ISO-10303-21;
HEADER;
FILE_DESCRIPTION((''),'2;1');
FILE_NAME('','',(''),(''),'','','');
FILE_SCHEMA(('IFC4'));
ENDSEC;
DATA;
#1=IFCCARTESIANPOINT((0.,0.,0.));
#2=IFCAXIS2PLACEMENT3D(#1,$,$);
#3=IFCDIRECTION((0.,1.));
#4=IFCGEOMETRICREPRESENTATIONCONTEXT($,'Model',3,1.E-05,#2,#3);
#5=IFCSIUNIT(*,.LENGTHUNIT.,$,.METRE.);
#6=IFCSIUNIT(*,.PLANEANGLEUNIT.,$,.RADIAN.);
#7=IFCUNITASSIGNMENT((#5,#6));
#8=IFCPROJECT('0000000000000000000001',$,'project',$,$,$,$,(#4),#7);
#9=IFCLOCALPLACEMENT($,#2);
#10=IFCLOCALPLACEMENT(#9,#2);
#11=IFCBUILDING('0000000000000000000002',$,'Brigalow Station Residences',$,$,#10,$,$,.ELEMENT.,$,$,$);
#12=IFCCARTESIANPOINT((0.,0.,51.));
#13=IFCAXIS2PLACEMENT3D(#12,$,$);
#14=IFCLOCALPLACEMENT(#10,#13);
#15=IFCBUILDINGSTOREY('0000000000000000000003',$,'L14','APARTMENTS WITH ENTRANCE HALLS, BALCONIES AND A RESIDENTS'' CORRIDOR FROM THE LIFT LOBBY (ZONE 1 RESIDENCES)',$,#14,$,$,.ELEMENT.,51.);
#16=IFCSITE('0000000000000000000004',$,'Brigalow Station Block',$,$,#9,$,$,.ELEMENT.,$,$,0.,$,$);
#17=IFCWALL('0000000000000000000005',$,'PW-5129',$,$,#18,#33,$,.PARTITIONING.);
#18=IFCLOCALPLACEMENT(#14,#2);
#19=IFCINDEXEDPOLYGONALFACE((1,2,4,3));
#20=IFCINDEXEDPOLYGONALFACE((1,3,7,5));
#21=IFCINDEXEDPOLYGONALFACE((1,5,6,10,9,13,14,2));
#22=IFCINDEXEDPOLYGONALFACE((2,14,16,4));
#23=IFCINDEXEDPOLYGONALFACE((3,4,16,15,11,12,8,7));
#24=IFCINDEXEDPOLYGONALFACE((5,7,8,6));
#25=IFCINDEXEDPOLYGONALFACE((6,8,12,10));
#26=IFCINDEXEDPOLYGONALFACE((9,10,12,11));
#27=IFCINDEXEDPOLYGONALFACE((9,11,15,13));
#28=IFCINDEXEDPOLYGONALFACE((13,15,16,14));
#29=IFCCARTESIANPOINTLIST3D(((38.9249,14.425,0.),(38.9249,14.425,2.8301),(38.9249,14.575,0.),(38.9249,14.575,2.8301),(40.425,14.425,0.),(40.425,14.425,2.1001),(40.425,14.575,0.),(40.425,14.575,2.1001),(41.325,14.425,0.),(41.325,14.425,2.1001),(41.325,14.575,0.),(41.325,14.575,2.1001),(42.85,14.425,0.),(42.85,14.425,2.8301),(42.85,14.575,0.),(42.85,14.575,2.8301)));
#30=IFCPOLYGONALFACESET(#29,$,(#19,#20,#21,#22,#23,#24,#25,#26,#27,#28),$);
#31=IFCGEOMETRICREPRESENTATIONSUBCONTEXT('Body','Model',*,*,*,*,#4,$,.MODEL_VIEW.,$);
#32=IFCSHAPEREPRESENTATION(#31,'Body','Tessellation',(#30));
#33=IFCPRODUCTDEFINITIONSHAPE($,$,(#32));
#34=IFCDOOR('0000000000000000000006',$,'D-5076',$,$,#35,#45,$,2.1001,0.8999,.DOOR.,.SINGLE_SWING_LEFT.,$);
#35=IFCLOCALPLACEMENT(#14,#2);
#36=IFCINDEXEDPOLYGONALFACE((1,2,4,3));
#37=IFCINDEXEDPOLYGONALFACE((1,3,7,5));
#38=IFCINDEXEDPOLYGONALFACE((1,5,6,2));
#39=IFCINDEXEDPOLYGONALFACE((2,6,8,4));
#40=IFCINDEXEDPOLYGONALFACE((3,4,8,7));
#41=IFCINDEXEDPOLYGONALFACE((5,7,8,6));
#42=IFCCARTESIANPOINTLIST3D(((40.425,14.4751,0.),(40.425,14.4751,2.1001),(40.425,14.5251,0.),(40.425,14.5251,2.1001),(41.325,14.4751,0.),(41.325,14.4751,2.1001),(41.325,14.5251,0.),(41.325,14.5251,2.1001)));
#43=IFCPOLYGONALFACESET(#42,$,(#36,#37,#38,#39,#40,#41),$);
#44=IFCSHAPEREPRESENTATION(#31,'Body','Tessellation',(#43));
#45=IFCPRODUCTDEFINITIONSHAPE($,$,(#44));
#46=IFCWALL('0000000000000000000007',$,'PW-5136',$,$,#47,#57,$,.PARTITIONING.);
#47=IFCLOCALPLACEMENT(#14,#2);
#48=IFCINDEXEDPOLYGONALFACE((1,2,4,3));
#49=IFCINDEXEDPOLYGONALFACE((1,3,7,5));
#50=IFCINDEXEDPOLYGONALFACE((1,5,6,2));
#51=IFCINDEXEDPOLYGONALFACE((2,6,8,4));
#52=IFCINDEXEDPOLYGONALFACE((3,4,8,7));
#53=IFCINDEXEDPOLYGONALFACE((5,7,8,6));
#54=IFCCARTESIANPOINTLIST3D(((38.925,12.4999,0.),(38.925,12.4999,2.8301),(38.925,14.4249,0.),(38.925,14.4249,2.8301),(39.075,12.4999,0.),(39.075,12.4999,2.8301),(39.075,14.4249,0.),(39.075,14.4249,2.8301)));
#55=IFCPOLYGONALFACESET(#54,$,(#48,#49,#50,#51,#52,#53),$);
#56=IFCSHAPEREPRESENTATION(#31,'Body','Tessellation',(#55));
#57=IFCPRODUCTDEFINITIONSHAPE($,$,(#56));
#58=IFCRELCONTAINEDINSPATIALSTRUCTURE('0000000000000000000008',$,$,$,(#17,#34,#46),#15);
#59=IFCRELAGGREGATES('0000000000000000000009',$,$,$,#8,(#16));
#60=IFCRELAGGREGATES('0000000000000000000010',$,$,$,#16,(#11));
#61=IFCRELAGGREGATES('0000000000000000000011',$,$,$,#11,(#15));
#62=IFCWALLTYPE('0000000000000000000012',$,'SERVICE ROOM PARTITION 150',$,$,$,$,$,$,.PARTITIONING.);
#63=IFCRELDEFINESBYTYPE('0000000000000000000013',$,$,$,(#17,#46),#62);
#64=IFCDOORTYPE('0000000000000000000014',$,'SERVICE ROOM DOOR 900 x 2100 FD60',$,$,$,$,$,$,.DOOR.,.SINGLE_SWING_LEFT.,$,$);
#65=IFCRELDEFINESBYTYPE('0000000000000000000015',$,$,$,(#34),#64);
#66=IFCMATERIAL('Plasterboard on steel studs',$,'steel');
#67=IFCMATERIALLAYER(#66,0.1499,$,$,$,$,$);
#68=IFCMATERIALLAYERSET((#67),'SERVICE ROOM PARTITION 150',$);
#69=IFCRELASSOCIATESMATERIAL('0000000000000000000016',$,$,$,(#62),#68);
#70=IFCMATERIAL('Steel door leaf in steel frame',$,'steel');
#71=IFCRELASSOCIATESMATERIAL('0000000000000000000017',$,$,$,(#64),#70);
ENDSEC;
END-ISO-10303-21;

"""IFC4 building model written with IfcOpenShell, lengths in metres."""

from ifc_helpers import new_model, si_unit, direction, frame, frame_2d, origin, place, context, subcontext, project, spatial, rectangle, extrude, material, layer, layer_set, type_object, element, fill, save


model = new_model("IFC4")

# Units and contexts
model_context = context("Model", 3, precision=1e-05, world=origin(), true_north=direction((0.0, 1.0)))
body_context = subcontext(model_context, "Body", "Model", "MODEL_VIEW")
ifc_project = project(units=[si_unit("LENGTHUNIT", "METRE"), si_unit("PLANEANGLEUNIT", "RADIAN")], contexts=[model_context])

# Site, building, storey
site_placement = place(None, origin())
site = spatial("IfcSite", under=ifc_project, at=site_placement, Name="Brigalow Station Block", CompositionType="ELEMENT", RefElevation=0.0)
building_placement = place(site_placement, origin())
building = spatial("IfcBuilding", under=site, at=building_placement, Name="Brigalow Station Residences", CompositionType="ELEMENT")
storey_placement = place(building_placement, frame((0.0, 0.0, 51.0)))
storey = spatial("IfcBuildingStorey", under=building, at=storey_placement, Name="L14", Description="APARTMENTS WITH ENTRANCE HALLS, BALCONIES AND A RESIDENTS' CORRIDOR FROM THE LIFT LOBBY (ZONE 1 RESIDENCES)", CompositionType="ELEMENT", Elevation=51.0)

# Wall, opening, door
ifc_material_1 = material(Name="Plasterboard on steel studs", Category="steel")
ifc_layer_1 = layer(ifc_material_1, 0.1499)
ifc_layer_set_1 = layer_set([ifc_layer_1], Name="SERVICE ROOM PARTITION 150")
wall_type_1 = type_object("IfcWallType", Name="SERVICE ROOM PARTITION 150", PredefinedType="PARTITIONING", material=ifc_layer_set_1)
wall_1_placement = place(storey_placement, frame((38.925, 14.5, 0.0), z_axis=(0.0, 0.0, 1.0), x_axis=(1.0, 0.0, 0.0)))
wall_1 = element("IfcWall", 1, at=wall_1_placement, inside=storey, type_object=wall_type_1, Name="PW-5129", PredefinedType="PARTITIONING", context=body_context, shape_type="SweptSolid", body=[
    extrude(rectangle(XDim=3.925, YDim=0.1499, at=frame_2d((1.9624, 0.0))), origin(), (0.0, 0.0, 1.0), 2.8301),
])
opening_1_placement = place(wall_1_placement, frame((1.5, 0.0, 0.0)))
opening_1 = element("IfcOpeningElement", 2, at=opening_1_placement, cuts=wall_1, PredefinedType="OPENING", context=body_context, shape_type="SweptSolid", body=[
    extrude(rectangle(XDim=0.8999, YDim=2.1001, at=frame_2d((0.45, 1.05))), frame((0.0, 0.085, 0.0), z_axis=(0.0, -1.0, 0.0), x_axis=(1.0, 0.0, 0.0)), (0.0, 0.0, 1.0), 0.1699),
])
ifc_material_2 = material(Name="Steel door leaf in steel frame", Category="steel")
door_type_1 = type_object("IfcDoorType", Name="SERVICE ROOM DOOR 900 x 2100 FD60", OperationType="SINGLE_SWING_LEFT", PredefinedType="DOOR", material=ifc_material_2)
door_1_placement = place(opening_1_placement, frame((0.8999, 0.0, 0.0), z_axis=(0.0, 0.0, 1.0), x_axis=(-1.0, 0.0, 0.0)))
door_1 = element("IfcDoor", 3, at=door_1_placement, inside=storey, type_object=door_type_1, Name="D-5076", OperationType="SINGLE_SWING_LEFT", OverallHeight=2.1001, OverallWidth=0.8999, PredefinedType="DOOR", context=body_context, shape_type="SweptSolid", body=[
    extrude(rectangle(XDim=0.8999, YDim=2.1001, at=frame_2d((0.45, 1.05))), frame((0.0, 0.0249, 0.0), z_axis=(0.0, -1.0, 0.0), x_axis=(1.0, 0.0, 0.0)), (0.0, 0.0, 1.0), 0.05),
])
fill(opening_1, door_1)

# Wall
wall_2_placement = place(storey_placement, frame((39.0, 12.5, 0.0), z_axis=(0.0, 0.0, 1.0), x_axis=(0.0, 1.0, 0.0)))
element("IfcWall", 4, at=wall_2_placement, inside=storey, type_object=wall_type_1, Name="PW-5136", PredefinedType="PARTITIONING", context=body_context, shape_type="SweptSolid", body=[
    extrude(rectangle(XDim=1.925, YDim=0.1499, at=frame_2d((0.9624, 0.0))), origin(), (0.0, 0.0, 1.0), 2.8301),
])

save(model, "model.ifc")
